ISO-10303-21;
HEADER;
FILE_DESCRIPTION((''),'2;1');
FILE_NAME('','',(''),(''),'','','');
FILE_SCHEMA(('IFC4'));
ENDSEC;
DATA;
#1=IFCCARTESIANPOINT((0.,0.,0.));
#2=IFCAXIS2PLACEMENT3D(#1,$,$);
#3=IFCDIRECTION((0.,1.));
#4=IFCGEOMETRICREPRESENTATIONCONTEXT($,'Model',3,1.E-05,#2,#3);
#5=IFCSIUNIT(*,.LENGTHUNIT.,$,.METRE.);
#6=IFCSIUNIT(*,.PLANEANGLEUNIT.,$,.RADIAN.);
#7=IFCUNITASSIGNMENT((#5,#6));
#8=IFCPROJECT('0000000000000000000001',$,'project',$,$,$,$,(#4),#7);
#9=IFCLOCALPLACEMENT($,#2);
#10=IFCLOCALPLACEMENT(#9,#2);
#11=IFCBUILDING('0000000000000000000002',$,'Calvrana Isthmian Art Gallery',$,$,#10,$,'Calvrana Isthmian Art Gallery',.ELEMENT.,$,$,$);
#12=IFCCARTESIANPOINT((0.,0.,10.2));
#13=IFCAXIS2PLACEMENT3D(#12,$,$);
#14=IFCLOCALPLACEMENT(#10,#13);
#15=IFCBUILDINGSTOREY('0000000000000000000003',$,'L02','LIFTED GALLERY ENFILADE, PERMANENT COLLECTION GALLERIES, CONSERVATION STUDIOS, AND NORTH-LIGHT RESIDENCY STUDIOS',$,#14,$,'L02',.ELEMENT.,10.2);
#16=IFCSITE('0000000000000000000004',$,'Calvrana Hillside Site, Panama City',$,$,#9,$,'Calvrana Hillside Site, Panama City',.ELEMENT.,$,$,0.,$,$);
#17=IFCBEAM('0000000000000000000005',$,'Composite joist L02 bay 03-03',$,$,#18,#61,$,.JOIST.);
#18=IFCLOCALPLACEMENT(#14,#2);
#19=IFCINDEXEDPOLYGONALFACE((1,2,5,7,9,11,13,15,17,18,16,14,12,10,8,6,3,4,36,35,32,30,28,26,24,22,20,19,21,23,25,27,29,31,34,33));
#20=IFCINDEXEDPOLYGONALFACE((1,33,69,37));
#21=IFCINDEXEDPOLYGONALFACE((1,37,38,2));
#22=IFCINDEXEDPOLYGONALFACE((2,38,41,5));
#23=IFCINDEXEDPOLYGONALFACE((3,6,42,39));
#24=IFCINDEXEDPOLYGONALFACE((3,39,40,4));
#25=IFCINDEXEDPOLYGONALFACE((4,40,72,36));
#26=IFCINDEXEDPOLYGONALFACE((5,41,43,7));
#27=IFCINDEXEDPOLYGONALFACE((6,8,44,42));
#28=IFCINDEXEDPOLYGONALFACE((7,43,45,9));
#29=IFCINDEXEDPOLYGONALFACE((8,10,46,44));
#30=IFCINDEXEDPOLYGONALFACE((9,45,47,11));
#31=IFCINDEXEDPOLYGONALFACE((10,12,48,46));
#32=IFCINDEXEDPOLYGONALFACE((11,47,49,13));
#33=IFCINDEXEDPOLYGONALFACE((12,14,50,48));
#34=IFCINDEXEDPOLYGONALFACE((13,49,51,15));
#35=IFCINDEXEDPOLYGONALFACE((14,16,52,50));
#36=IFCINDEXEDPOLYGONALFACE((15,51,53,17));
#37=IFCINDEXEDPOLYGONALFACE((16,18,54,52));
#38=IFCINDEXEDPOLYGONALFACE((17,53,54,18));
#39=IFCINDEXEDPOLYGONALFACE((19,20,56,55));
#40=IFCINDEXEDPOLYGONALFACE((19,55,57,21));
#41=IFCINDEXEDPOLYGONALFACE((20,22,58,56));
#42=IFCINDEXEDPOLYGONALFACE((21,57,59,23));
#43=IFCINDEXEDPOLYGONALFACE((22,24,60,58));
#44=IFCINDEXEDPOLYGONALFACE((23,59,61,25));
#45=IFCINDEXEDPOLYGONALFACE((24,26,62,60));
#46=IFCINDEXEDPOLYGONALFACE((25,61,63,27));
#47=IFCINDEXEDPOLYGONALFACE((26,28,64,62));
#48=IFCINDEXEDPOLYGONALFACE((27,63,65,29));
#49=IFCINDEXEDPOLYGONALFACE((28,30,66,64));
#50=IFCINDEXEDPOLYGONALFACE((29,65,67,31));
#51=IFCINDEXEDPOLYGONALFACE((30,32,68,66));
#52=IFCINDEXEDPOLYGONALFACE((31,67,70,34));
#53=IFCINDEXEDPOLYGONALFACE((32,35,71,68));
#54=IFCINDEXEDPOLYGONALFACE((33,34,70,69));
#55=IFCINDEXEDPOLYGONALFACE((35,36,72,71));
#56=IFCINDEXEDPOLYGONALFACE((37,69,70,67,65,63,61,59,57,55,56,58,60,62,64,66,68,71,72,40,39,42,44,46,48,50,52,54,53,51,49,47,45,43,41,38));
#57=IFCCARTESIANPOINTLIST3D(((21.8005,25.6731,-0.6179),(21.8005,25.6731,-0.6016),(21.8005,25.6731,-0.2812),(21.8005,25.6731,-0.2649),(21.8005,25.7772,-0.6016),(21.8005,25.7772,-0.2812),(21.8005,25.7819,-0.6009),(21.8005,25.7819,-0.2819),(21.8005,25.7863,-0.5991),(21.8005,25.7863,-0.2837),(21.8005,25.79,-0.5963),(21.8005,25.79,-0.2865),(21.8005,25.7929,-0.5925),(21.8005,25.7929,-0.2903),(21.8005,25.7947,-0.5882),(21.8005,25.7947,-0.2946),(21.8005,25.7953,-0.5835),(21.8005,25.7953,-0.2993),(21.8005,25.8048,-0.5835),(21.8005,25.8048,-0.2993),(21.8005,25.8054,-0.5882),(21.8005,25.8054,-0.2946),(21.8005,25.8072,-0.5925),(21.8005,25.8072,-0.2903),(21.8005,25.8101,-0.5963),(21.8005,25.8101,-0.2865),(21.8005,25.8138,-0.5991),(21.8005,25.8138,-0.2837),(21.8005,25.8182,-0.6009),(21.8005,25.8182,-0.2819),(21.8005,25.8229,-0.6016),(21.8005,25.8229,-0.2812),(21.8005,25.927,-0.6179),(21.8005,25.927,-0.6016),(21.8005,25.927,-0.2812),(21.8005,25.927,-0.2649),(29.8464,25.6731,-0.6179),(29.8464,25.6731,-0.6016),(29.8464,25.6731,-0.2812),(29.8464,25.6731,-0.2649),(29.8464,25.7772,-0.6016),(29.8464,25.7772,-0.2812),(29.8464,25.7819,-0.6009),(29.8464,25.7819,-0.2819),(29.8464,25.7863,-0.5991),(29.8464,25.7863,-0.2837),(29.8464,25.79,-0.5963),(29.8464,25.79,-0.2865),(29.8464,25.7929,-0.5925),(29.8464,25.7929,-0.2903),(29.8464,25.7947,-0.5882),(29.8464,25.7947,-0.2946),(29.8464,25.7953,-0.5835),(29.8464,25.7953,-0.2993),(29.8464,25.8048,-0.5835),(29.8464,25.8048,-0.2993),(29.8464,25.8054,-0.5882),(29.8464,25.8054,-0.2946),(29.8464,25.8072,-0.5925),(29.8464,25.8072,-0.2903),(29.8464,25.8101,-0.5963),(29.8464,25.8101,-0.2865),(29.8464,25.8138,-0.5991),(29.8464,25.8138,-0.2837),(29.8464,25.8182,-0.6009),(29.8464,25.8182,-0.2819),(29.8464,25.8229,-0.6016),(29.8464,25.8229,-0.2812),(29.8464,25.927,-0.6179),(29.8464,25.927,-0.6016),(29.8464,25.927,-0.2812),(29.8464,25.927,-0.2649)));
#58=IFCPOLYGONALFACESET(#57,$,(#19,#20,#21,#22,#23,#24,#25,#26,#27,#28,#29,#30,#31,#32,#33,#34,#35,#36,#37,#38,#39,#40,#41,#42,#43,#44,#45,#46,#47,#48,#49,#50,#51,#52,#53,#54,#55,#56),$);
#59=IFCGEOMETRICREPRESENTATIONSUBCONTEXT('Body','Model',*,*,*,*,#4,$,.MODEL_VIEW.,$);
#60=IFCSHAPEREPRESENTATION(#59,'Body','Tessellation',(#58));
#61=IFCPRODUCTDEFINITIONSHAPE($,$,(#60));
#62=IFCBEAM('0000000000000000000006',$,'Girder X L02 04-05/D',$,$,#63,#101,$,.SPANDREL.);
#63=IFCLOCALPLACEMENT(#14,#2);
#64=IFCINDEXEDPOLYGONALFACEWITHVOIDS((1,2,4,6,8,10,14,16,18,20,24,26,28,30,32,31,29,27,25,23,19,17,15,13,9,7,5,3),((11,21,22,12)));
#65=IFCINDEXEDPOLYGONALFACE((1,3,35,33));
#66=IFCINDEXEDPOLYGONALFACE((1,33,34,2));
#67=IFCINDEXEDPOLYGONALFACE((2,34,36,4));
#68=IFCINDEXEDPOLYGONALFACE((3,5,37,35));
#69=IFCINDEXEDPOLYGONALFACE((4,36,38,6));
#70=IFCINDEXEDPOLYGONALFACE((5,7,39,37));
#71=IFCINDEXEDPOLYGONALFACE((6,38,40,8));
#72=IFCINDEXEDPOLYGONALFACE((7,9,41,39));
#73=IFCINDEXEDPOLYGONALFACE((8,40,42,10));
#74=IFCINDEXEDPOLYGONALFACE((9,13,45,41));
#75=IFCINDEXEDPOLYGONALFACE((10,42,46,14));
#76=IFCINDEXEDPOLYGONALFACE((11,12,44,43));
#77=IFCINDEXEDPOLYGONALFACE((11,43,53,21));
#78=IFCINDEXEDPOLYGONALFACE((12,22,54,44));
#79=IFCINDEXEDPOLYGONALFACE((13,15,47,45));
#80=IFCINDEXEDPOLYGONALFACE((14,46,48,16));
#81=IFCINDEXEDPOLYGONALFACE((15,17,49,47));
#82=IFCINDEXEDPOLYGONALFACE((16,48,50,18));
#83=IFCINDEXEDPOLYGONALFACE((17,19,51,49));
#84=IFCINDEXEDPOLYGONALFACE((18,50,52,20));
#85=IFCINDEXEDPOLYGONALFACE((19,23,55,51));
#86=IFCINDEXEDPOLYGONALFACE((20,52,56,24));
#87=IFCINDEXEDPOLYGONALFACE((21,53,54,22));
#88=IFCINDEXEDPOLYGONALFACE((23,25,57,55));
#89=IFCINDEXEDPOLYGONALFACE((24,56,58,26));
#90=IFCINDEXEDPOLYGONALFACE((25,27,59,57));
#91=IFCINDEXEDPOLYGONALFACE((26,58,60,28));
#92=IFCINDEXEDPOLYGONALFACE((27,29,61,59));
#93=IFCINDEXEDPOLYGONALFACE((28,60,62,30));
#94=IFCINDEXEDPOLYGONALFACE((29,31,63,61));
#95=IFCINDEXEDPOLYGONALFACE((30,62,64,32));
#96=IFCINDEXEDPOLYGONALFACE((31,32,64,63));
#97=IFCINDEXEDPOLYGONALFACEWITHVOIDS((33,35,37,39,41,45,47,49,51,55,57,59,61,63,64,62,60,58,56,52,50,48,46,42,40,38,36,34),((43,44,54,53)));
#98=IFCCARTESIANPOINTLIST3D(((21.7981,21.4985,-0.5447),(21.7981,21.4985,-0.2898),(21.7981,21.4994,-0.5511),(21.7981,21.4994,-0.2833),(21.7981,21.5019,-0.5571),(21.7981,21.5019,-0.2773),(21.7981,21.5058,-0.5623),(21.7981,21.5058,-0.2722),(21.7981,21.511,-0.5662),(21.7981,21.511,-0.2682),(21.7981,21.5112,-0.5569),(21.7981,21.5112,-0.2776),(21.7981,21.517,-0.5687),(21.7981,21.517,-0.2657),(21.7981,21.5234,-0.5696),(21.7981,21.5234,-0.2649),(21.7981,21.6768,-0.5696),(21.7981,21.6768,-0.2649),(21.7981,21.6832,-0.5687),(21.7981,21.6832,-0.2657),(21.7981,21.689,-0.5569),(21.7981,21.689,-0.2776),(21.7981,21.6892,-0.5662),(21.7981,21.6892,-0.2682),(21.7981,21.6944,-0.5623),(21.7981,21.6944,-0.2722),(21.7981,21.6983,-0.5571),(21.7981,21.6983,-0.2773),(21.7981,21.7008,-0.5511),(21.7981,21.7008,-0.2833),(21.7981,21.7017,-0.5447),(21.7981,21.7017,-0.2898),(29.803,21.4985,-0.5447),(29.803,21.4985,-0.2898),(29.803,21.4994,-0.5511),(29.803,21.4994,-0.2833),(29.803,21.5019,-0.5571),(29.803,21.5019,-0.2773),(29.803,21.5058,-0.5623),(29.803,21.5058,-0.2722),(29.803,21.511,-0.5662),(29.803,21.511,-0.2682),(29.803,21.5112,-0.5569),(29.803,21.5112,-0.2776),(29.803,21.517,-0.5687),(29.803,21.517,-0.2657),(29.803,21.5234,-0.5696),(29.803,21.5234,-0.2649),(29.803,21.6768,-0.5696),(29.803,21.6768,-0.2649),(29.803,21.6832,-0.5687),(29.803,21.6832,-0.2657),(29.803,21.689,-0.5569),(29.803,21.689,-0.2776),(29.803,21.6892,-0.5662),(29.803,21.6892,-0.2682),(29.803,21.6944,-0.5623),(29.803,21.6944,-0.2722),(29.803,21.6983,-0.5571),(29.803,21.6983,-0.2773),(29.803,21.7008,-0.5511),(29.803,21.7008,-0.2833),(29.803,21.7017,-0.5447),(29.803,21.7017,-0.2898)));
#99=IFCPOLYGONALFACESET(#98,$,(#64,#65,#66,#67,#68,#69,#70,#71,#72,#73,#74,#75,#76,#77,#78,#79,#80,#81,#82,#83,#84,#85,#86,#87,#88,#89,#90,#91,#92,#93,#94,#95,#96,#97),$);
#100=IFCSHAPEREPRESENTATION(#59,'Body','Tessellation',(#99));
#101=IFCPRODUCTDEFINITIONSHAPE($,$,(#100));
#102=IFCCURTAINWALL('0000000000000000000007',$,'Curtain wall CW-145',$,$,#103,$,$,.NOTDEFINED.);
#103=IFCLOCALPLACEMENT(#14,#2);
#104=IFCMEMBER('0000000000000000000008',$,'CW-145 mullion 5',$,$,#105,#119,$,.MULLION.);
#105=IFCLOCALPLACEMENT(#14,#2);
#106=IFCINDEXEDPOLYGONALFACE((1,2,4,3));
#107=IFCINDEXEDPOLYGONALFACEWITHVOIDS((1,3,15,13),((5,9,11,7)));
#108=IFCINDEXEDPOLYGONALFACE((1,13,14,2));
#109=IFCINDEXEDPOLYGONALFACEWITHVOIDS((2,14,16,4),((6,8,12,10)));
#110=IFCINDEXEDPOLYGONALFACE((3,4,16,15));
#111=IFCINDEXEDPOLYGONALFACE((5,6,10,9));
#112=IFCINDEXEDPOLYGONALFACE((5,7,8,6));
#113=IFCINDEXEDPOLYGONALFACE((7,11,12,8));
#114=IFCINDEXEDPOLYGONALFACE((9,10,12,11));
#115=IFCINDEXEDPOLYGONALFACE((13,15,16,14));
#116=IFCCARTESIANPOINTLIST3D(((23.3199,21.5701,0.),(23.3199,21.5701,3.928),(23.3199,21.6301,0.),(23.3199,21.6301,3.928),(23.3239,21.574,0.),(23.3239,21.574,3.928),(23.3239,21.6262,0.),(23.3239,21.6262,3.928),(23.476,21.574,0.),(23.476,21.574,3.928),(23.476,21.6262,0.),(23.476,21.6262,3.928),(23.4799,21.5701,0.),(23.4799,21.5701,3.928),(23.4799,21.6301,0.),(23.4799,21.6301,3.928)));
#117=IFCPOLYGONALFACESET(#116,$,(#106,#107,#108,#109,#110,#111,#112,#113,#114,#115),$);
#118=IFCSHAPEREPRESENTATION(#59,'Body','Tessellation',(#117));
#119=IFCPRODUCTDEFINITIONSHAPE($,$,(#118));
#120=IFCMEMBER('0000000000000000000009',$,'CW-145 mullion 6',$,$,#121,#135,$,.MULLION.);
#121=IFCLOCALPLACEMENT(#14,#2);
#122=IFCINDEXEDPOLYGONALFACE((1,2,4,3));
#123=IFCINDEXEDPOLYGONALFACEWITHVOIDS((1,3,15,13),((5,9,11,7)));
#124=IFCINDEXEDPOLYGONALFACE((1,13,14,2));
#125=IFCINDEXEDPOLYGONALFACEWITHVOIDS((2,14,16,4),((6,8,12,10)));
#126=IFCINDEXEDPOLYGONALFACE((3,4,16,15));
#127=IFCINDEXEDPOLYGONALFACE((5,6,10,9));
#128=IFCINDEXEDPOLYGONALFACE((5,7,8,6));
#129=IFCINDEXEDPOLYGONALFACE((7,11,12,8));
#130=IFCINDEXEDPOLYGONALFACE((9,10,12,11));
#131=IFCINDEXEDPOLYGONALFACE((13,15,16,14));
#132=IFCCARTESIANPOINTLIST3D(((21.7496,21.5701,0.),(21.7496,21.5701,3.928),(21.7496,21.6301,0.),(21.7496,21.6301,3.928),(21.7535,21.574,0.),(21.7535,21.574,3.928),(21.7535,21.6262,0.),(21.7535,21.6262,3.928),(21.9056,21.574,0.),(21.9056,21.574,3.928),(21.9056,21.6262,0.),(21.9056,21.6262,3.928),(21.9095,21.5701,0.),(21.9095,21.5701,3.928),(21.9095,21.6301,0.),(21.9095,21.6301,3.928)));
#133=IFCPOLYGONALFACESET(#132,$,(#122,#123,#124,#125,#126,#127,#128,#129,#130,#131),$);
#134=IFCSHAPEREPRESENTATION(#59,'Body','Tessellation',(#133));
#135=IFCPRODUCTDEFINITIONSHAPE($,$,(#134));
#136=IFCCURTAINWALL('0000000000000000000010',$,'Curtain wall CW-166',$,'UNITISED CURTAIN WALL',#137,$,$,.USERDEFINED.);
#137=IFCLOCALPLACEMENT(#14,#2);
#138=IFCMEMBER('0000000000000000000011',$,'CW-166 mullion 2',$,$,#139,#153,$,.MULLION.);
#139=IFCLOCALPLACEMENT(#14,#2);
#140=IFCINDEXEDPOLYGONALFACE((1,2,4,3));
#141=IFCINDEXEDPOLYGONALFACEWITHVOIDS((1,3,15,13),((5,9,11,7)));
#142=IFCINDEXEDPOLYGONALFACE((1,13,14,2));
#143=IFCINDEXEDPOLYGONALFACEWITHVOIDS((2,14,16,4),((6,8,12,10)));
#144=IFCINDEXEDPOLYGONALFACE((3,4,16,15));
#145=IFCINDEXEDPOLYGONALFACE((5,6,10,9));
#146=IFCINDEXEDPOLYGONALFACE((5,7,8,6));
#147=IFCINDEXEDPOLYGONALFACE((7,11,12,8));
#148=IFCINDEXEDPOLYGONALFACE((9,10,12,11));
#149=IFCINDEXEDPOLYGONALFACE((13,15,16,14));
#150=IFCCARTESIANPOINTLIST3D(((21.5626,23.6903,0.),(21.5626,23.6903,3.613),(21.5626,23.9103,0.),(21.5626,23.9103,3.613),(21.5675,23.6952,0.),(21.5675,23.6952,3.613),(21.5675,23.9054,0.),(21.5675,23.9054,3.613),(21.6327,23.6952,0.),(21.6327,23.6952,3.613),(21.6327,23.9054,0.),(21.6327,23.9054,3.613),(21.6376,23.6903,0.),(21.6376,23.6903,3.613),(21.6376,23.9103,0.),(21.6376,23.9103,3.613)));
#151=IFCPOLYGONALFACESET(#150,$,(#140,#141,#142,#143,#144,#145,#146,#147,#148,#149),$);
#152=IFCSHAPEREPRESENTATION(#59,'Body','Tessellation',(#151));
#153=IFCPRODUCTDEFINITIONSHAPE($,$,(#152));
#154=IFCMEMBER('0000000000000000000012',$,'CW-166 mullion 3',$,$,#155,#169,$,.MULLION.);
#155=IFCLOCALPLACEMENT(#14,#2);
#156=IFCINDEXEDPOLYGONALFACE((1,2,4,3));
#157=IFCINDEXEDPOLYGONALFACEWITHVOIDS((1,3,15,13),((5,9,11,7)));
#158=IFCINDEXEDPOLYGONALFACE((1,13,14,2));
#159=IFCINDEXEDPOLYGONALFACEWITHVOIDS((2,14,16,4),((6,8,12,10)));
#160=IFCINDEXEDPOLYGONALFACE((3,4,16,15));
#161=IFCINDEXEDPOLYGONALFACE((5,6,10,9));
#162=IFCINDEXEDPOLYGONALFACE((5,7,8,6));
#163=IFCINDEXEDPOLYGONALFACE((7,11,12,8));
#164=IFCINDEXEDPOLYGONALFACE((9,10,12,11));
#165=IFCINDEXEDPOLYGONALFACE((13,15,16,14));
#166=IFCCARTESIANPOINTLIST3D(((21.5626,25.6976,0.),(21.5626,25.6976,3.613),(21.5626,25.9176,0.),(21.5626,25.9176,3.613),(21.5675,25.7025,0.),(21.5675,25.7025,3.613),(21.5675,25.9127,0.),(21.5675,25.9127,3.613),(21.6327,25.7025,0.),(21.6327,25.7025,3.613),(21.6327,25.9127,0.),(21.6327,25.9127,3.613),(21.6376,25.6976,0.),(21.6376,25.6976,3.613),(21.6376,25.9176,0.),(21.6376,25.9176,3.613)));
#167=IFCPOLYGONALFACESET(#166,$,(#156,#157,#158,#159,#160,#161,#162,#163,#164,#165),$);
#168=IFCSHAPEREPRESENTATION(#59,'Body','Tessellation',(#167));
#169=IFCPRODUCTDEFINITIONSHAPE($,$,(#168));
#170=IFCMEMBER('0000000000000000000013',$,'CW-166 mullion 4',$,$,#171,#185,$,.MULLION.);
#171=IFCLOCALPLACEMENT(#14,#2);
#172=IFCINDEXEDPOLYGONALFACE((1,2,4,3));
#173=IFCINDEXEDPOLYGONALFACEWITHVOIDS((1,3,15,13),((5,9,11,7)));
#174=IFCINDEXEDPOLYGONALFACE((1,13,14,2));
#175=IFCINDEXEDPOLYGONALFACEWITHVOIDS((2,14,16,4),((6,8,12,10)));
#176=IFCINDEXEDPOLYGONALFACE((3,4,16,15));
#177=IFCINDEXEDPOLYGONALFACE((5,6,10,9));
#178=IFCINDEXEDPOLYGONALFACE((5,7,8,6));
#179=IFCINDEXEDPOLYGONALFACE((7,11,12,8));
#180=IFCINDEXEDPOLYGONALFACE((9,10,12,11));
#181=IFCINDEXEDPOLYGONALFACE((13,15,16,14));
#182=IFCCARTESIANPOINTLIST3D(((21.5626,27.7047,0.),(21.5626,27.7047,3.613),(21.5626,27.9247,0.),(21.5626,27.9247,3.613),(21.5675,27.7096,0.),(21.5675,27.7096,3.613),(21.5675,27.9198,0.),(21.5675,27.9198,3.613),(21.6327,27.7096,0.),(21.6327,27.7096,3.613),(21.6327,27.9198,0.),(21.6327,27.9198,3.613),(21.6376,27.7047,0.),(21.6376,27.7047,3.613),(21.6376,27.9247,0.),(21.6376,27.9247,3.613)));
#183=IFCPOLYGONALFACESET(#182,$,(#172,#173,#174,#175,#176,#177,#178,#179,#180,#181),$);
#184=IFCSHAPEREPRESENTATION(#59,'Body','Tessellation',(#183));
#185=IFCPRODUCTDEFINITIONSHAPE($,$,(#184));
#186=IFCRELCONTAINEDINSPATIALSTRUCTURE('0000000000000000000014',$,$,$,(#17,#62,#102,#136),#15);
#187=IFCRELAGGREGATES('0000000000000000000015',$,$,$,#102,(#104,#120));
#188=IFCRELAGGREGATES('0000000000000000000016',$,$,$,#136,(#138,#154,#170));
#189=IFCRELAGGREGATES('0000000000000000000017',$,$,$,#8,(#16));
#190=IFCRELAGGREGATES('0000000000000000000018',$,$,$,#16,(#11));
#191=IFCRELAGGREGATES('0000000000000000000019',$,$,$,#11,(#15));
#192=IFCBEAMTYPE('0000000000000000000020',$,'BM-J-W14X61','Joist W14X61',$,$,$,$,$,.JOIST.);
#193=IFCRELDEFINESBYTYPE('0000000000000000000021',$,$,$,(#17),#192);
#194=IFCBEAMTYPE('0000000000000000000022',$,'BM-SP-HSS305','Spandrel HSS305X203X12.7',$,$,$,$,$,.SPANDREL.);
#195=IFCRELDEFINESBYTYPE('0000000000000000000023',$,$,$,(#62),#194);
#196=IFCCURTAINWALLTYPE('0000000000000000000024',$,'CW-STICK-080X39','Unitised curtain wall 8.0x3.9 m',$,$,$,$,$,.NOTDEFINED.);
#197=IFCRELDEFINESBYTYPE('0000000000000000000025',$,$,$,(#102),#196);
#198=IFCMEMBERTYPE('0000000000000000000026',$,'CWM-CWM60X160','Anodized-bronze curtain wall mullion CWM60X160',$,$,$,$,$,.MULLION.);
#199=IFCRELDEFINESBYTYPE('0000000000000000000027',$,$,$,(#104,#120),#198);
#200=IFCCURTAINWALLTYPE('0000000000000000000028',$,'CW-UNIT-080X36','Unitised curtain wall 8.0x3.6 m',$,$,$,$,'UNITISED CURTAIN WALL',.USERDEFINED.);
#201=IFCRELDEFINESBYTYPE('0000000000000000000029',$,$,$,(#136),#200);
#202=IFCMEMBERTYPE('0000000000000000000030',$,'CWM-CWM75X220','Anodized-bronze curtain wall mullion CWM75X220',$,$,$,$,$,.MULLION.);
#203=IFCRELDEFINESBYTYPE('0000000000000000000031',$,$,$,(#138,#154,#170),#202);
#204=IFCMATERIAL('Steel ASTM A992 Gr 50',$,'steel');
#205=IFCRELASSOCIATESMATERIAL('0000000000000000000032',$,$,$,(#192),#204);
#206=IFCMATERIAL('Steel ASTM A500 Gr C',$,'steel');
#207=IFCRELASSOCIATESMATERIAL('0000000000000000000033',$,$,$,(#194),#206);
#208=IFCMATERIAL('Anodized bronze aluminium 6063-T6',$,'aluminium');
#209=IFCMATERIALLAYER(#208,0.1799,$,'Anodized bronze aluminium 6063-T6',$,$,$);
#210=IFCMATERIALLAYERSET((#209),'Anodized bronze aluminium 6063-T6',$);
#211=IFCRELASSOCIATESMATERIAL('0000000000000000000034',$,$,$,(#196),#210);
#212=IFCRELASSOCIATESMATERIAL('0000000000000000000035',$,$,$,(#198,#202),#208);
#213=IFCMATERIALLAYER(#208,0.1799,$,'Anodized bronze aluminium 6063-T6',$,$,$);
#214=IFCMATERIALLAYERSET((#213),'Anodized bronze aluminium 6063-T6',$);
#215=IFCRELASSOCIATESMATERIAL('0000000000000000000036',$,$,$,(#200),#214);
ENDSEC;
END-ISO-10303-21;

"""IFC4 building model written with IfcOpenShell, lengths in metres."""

from ifc_helpers import new_model, si_unit, direction, frame, origin, origin_2d, place, context, subcontext, project, spatial, hollow_rectangle, i_section, extrude, material, layer, layer_set, material_profile, profile_set, type_object, element, aggregate, save


model = new_model("IFC4")

# Units and contexts
model_context = context("Model", 3, precision=1e-05, world=origin(), true_north=direction((0.0, 1.0)))
body_context = subcontext(model_context, "Body", "Model", "MODEL_VIEW")
ifc_project = project(units=[si_unit("LENGTHUNIT", "METRE"), si_unit("PLANEANGLEUNIT", "RADIAN")], contexts=[model_context])

# Site, building, storey
site_placement = place(None, origin())
site = spatial("IfcSite", under=ifc_project, at=site_placement, Name="Calvrana Hillside Site, Panama City", LongName="Calvrana Hillside Site, Panama City", CompositionType="ELEMENT", RefElevation=0.0)
building_placement = place(site_placement, origin())
building = spatial("IfcBuilding", under=site, at=building_placement, Name="Calvrana Isthmian Art Gallery", LongName="Calvrana Isthmian Art Gallery", CompositionType="ELEMENT")
storey_placement = place(building_placement, frame((0.0, 0.0, 10.2)))
storey = spatial("IfcBuildingStorey", under=building, at=storey_placement, Name="L02", Description="LIFTED GALLERY ENFILADE, PERMANENT COLLECTION GALLERIES, CONSERVATION STUDIOS, AND NORTH-LIGHT RESIDENCY STUDIOS", LongName="L02", CompositionType="ELEMENT", Elevation=10.2)

# Beams
ifc_material_1 = material(Name="Steel ASTM A992 Gr 50", Category="steel")
ifc_material_profile_1 = material_profile(ifc_material_1, i_section(OverallWidth=0.2539, OverallDepth=0.353, WebThickness=0.0095, FlangeThickness=0.0164, FilletRadius=0.0181, at=origin_2d()), Name="W14X61")
ifc_profile_set_1 = profile_set([ifc_material_profile_1], Name="Steel ASTM A992 Gr 50")
beam_type_1 = type_object("IfcBeamType", Name="BM-J-W14X61", Description="Joist W14X61", PredefinedType="JOIST", material=ifc_profile_set_1)
beam_1_placement = place(storey_placement, frame((21.8005, 25.8, -0.4414), z_axis=(1.0, 0.0, 0.0), x_axis=(0.0, 1.0, 0.0)))
element("IfcBeam", 1, at=beam_1_placement, inside=storey, type_object=beam_type_1, Name="Composite joist L02 bay 03-03", PredefinedType="JOIST", context=body_context, shape_type="SweptSolid", body=[
    extrude(i_section(OverallWidth=0.2539, OverallDepth=0.353, WebThickness=0.0095, FlangeThickness=0.0164, FilletRadius=0.0181, at=origin_2d()), origin(), (0.0, 0.0, 1.0), 8.0459),
])
ifc_material_2 = material(Name="Steel ASTM A500 Gr C", Category="steel")
ifc_material_profile_2 = material_profile(ifc_material_2, hollow_rectangle(XDim=0.2031, YDim=0.3047, WallThickness=0.0127, OuterFilletRadius=0.0249, at=origin_2d()), Name="HSS305X203X12.7")
ifc_profile_set_2 = profile_set([ifc_material_profile_2], Name="Steel ASTM A500 Gr C")
beam_type_2 = type_object("IfcBeamType", Name="BM-SP-HSS305", Description="Spandrel HSS305X203X12.7", PredefinedType="SPANDREL", material=ifc_profile_set_2)
beam_2_placement = place(storey_placement, frame((21.7981, 21.6001, -0.4172), z_axis=(1.0, 0.0, 0.0), x_axis=(0.0, 1.0, 0.0)))
element("IfcBeam", 2, at=beam_2_placement, inside=storey, type_object=beam_type_2, Name="Girder X L02 04-05/D", PredefinedType="SPANDREL", context=body_context, shape_type="SweptSolid", body=[
    extrude(hollow_rectangle(XDim=0.2031, YDim=0.3047, WallThickness=0.0127, OuterFilletRadius=0.0249, at=origin_2d()), origin(), (0.0, 0.0, 1.0), 8.0049),
])

# Curtain walls, members
ifc_material_3 = material(Name="Anodized bronze aluminium 6063-T6", Category="aluminium")
ifc_layer_1 = layer(ifc_material_3, 0.1799, Name="Anodized bronze aluminium 6063-T6")
ifc_layer_set_1 = layer_set([ifc_layer_1], Name="Anodized bronze aluminium 6063-T6")
curtain_wall_type_1 = type_object("IfcCurtainWallType", Name="CW-STICK-080X39", Description="Unitised curtain wall 8.0x3.9 m", PredefinedType="NOTDEFINED", material=ifc_layer_set_1)
curtain_wall_1_placement = place(storey_placement, origin())
curtain_wall_1 = element("IfcCurtainWall", 3, at=curtain_wall_1_placement, inside=storey, type_object=curtain_wall_type_1, Name="Curtain wall CW-145", PredefinedType="NOTDEFINED")
ifc_material_profile_3 = material_profile(ifc_material_3, hollow_rectangle(XDim=0.0601, YDim=0.1599, WallThickness=0.0039, at=origin_2d()), Name="CWM60X160")
ifc_profile_set_3 = profile_set([ifc_material_profile_3], Name="Anodized bronze aluminium 6063-T6")
member_type_1 = type_object("IfcMemberType", Name="CWM-CWM60X160", Description="Anodized-bronze curtain wall mullion CWM60X160", PredefinedType="MULLION", material=ifc_profile_set_3)
member_1_placement = place(storey_placement, frame((23.3999, 21.6001, 0.0), z_axis=(0.0, 0.0, 1.0), x_axis=(0.0, -1.0, 0.0)))
member_1 = element("IfcMember", 4, at=member_1_placement, type_object=member_type_1, Name="CW-145 mullion 5", PredefinedType="MULLION", context=body_context, shape_type="SweptSolid", body=[
    extrude(hollow_rectangle(XDim=0.0601, YDim=0.1599, WallThickness=0.0039, at=origin_2d()), origin(), (0.0, 0.0, 1.0), 3.928),
])
member_2_placement = place(storey_placement, frame((21.8296, 21.6001, 0.0), z_axis=(0.0, 0.0, 1.0), x_axis=(0.0, -1.0, 0.0)))
member_2 = element("IfcMember", 5, at=member_2_placement, type_object=member_type_1, Name="CW-145 mullion 6", PredefinedType="MULLION", context=body_context, shape_type="SweptSolid", body=[
    extrude(hollow_rectangle(XDim=0.0601, YDim=0.1599, WallThickness=0.0039, at=origin_2d()), origin(), (0.0, 0.0, 1.0), 3.928),
])
ifc_layer_2 = layer(ifc_material_3, 0.1799, Name="Anodized bronze aluminium 6063-T6")
ifc_layer_set_2 = layer_set([ifc_layer_2], Name="Anodized bronze aluminium 6063-T6")
curtain_wall_type_2 = type_object("IfcCurtainWallType", Name="CW-UNIT-080X36", Description="Unitised curtain wall 8.0x3.6 m", ElementType="UNITISED CURTAIN WALL", PredefinedType="USERDEFINED", material=ifc_layer_set_2)
curtain_wall_2_placement = place(storey_placement, origin())
curtain_wall_2 = element("IfcCurtainWall", 6, at=curtain_wall_2_placement, inside=storey, type_object=curtain_wall_type_2, Name="Curtain wall CW-166", ObjectType="UNITISED CURTAIN WALL", PredefinedType="USERDEFINED")
ifc_material_profile_4 = material_profile(ifc_material_3, hollow_rectangle(XDim=0.075, YDim=0.22, WallThickness=0.0049, at=origin_2d()), Name="CWM75X220")
ifc_profile_set_4 = profile_set([ifc_material_profile_4], Name="Anodized bronze aluminium 6063-T6")
member_type_2 = type_object("IfcMemberType", Name="CWM-CWM75X220", Description="Anodized-bronze curtain wall mullion CWM75X220", PredefinedType="MULLION", material=ifc_profile_set_4)
member_3_placement = place(storey_placement, frame((21.6001, 23.8003, 0.0), z_axis=(0.0, 0.0, 1.0), x_axis=(-1.0, 0.0, 0.0)))
member_3 = element("IfcMember", 7, at=member_3_placement, type_object=member_type_2, Name="CW-166 mullion 2", PredefinedType="MULLION", context=body_context, shape_type="SweptSolid", body=[
    extrude(hollow_rectangle(XDim=0.075, YDim=0.22, WallThickness=0.0049, at=origin_2d()), origin(), (0.0, 0.0, 1.0), 3.613),
])
member_4_placement = place(storey_placement, frame((21.6001, 25.8076, 0.0), z_axis=(0.0, 0.0, 1.0), x_axis=(-1.0, 0.0, 0.0)))
member_4 = element("IfcMember", 8, at=member_4_placement, type_object=member_type_2, Name="CW-166 mullion 3", PredefinedType="MULLION", context=body_context, shape_type="SweptSolid", body=[
    extrude(hollow_rectangle(XDim=0.075, YDim=0.22, WallThickness=0.0049, at=origin_2d()), origin(), (0.0, 0.0, 1.0), 3.613),
])
member_5_placement = place(storey_placement, frame((21.6001, 27.8147, 0.0), z_axis=(0.0, 0.0, 1.0), x_axis=(-1.0, 0.0, 0.0)))
member_5 = element("IfcMember", 9, at=member_5_placement, type_object=member_type_2, Name="CW-166 mullion 4", PredefinedType="MULLION", context=body_context, shape_type="SweptSolid", body=[
    extrude(hollow_rectangle(XDim=0.075, YDim=0.22, WallThickness=0.0049, at=origin_2d()), origin(), (0.0, 0.0, 1.0), 3.613),
])

aggregate(curtain_wall_1, [member_1, member_2])
aggregate(curtain_wall_2, [member_3, member_4, member_5])

save(model, "model.ifc")
